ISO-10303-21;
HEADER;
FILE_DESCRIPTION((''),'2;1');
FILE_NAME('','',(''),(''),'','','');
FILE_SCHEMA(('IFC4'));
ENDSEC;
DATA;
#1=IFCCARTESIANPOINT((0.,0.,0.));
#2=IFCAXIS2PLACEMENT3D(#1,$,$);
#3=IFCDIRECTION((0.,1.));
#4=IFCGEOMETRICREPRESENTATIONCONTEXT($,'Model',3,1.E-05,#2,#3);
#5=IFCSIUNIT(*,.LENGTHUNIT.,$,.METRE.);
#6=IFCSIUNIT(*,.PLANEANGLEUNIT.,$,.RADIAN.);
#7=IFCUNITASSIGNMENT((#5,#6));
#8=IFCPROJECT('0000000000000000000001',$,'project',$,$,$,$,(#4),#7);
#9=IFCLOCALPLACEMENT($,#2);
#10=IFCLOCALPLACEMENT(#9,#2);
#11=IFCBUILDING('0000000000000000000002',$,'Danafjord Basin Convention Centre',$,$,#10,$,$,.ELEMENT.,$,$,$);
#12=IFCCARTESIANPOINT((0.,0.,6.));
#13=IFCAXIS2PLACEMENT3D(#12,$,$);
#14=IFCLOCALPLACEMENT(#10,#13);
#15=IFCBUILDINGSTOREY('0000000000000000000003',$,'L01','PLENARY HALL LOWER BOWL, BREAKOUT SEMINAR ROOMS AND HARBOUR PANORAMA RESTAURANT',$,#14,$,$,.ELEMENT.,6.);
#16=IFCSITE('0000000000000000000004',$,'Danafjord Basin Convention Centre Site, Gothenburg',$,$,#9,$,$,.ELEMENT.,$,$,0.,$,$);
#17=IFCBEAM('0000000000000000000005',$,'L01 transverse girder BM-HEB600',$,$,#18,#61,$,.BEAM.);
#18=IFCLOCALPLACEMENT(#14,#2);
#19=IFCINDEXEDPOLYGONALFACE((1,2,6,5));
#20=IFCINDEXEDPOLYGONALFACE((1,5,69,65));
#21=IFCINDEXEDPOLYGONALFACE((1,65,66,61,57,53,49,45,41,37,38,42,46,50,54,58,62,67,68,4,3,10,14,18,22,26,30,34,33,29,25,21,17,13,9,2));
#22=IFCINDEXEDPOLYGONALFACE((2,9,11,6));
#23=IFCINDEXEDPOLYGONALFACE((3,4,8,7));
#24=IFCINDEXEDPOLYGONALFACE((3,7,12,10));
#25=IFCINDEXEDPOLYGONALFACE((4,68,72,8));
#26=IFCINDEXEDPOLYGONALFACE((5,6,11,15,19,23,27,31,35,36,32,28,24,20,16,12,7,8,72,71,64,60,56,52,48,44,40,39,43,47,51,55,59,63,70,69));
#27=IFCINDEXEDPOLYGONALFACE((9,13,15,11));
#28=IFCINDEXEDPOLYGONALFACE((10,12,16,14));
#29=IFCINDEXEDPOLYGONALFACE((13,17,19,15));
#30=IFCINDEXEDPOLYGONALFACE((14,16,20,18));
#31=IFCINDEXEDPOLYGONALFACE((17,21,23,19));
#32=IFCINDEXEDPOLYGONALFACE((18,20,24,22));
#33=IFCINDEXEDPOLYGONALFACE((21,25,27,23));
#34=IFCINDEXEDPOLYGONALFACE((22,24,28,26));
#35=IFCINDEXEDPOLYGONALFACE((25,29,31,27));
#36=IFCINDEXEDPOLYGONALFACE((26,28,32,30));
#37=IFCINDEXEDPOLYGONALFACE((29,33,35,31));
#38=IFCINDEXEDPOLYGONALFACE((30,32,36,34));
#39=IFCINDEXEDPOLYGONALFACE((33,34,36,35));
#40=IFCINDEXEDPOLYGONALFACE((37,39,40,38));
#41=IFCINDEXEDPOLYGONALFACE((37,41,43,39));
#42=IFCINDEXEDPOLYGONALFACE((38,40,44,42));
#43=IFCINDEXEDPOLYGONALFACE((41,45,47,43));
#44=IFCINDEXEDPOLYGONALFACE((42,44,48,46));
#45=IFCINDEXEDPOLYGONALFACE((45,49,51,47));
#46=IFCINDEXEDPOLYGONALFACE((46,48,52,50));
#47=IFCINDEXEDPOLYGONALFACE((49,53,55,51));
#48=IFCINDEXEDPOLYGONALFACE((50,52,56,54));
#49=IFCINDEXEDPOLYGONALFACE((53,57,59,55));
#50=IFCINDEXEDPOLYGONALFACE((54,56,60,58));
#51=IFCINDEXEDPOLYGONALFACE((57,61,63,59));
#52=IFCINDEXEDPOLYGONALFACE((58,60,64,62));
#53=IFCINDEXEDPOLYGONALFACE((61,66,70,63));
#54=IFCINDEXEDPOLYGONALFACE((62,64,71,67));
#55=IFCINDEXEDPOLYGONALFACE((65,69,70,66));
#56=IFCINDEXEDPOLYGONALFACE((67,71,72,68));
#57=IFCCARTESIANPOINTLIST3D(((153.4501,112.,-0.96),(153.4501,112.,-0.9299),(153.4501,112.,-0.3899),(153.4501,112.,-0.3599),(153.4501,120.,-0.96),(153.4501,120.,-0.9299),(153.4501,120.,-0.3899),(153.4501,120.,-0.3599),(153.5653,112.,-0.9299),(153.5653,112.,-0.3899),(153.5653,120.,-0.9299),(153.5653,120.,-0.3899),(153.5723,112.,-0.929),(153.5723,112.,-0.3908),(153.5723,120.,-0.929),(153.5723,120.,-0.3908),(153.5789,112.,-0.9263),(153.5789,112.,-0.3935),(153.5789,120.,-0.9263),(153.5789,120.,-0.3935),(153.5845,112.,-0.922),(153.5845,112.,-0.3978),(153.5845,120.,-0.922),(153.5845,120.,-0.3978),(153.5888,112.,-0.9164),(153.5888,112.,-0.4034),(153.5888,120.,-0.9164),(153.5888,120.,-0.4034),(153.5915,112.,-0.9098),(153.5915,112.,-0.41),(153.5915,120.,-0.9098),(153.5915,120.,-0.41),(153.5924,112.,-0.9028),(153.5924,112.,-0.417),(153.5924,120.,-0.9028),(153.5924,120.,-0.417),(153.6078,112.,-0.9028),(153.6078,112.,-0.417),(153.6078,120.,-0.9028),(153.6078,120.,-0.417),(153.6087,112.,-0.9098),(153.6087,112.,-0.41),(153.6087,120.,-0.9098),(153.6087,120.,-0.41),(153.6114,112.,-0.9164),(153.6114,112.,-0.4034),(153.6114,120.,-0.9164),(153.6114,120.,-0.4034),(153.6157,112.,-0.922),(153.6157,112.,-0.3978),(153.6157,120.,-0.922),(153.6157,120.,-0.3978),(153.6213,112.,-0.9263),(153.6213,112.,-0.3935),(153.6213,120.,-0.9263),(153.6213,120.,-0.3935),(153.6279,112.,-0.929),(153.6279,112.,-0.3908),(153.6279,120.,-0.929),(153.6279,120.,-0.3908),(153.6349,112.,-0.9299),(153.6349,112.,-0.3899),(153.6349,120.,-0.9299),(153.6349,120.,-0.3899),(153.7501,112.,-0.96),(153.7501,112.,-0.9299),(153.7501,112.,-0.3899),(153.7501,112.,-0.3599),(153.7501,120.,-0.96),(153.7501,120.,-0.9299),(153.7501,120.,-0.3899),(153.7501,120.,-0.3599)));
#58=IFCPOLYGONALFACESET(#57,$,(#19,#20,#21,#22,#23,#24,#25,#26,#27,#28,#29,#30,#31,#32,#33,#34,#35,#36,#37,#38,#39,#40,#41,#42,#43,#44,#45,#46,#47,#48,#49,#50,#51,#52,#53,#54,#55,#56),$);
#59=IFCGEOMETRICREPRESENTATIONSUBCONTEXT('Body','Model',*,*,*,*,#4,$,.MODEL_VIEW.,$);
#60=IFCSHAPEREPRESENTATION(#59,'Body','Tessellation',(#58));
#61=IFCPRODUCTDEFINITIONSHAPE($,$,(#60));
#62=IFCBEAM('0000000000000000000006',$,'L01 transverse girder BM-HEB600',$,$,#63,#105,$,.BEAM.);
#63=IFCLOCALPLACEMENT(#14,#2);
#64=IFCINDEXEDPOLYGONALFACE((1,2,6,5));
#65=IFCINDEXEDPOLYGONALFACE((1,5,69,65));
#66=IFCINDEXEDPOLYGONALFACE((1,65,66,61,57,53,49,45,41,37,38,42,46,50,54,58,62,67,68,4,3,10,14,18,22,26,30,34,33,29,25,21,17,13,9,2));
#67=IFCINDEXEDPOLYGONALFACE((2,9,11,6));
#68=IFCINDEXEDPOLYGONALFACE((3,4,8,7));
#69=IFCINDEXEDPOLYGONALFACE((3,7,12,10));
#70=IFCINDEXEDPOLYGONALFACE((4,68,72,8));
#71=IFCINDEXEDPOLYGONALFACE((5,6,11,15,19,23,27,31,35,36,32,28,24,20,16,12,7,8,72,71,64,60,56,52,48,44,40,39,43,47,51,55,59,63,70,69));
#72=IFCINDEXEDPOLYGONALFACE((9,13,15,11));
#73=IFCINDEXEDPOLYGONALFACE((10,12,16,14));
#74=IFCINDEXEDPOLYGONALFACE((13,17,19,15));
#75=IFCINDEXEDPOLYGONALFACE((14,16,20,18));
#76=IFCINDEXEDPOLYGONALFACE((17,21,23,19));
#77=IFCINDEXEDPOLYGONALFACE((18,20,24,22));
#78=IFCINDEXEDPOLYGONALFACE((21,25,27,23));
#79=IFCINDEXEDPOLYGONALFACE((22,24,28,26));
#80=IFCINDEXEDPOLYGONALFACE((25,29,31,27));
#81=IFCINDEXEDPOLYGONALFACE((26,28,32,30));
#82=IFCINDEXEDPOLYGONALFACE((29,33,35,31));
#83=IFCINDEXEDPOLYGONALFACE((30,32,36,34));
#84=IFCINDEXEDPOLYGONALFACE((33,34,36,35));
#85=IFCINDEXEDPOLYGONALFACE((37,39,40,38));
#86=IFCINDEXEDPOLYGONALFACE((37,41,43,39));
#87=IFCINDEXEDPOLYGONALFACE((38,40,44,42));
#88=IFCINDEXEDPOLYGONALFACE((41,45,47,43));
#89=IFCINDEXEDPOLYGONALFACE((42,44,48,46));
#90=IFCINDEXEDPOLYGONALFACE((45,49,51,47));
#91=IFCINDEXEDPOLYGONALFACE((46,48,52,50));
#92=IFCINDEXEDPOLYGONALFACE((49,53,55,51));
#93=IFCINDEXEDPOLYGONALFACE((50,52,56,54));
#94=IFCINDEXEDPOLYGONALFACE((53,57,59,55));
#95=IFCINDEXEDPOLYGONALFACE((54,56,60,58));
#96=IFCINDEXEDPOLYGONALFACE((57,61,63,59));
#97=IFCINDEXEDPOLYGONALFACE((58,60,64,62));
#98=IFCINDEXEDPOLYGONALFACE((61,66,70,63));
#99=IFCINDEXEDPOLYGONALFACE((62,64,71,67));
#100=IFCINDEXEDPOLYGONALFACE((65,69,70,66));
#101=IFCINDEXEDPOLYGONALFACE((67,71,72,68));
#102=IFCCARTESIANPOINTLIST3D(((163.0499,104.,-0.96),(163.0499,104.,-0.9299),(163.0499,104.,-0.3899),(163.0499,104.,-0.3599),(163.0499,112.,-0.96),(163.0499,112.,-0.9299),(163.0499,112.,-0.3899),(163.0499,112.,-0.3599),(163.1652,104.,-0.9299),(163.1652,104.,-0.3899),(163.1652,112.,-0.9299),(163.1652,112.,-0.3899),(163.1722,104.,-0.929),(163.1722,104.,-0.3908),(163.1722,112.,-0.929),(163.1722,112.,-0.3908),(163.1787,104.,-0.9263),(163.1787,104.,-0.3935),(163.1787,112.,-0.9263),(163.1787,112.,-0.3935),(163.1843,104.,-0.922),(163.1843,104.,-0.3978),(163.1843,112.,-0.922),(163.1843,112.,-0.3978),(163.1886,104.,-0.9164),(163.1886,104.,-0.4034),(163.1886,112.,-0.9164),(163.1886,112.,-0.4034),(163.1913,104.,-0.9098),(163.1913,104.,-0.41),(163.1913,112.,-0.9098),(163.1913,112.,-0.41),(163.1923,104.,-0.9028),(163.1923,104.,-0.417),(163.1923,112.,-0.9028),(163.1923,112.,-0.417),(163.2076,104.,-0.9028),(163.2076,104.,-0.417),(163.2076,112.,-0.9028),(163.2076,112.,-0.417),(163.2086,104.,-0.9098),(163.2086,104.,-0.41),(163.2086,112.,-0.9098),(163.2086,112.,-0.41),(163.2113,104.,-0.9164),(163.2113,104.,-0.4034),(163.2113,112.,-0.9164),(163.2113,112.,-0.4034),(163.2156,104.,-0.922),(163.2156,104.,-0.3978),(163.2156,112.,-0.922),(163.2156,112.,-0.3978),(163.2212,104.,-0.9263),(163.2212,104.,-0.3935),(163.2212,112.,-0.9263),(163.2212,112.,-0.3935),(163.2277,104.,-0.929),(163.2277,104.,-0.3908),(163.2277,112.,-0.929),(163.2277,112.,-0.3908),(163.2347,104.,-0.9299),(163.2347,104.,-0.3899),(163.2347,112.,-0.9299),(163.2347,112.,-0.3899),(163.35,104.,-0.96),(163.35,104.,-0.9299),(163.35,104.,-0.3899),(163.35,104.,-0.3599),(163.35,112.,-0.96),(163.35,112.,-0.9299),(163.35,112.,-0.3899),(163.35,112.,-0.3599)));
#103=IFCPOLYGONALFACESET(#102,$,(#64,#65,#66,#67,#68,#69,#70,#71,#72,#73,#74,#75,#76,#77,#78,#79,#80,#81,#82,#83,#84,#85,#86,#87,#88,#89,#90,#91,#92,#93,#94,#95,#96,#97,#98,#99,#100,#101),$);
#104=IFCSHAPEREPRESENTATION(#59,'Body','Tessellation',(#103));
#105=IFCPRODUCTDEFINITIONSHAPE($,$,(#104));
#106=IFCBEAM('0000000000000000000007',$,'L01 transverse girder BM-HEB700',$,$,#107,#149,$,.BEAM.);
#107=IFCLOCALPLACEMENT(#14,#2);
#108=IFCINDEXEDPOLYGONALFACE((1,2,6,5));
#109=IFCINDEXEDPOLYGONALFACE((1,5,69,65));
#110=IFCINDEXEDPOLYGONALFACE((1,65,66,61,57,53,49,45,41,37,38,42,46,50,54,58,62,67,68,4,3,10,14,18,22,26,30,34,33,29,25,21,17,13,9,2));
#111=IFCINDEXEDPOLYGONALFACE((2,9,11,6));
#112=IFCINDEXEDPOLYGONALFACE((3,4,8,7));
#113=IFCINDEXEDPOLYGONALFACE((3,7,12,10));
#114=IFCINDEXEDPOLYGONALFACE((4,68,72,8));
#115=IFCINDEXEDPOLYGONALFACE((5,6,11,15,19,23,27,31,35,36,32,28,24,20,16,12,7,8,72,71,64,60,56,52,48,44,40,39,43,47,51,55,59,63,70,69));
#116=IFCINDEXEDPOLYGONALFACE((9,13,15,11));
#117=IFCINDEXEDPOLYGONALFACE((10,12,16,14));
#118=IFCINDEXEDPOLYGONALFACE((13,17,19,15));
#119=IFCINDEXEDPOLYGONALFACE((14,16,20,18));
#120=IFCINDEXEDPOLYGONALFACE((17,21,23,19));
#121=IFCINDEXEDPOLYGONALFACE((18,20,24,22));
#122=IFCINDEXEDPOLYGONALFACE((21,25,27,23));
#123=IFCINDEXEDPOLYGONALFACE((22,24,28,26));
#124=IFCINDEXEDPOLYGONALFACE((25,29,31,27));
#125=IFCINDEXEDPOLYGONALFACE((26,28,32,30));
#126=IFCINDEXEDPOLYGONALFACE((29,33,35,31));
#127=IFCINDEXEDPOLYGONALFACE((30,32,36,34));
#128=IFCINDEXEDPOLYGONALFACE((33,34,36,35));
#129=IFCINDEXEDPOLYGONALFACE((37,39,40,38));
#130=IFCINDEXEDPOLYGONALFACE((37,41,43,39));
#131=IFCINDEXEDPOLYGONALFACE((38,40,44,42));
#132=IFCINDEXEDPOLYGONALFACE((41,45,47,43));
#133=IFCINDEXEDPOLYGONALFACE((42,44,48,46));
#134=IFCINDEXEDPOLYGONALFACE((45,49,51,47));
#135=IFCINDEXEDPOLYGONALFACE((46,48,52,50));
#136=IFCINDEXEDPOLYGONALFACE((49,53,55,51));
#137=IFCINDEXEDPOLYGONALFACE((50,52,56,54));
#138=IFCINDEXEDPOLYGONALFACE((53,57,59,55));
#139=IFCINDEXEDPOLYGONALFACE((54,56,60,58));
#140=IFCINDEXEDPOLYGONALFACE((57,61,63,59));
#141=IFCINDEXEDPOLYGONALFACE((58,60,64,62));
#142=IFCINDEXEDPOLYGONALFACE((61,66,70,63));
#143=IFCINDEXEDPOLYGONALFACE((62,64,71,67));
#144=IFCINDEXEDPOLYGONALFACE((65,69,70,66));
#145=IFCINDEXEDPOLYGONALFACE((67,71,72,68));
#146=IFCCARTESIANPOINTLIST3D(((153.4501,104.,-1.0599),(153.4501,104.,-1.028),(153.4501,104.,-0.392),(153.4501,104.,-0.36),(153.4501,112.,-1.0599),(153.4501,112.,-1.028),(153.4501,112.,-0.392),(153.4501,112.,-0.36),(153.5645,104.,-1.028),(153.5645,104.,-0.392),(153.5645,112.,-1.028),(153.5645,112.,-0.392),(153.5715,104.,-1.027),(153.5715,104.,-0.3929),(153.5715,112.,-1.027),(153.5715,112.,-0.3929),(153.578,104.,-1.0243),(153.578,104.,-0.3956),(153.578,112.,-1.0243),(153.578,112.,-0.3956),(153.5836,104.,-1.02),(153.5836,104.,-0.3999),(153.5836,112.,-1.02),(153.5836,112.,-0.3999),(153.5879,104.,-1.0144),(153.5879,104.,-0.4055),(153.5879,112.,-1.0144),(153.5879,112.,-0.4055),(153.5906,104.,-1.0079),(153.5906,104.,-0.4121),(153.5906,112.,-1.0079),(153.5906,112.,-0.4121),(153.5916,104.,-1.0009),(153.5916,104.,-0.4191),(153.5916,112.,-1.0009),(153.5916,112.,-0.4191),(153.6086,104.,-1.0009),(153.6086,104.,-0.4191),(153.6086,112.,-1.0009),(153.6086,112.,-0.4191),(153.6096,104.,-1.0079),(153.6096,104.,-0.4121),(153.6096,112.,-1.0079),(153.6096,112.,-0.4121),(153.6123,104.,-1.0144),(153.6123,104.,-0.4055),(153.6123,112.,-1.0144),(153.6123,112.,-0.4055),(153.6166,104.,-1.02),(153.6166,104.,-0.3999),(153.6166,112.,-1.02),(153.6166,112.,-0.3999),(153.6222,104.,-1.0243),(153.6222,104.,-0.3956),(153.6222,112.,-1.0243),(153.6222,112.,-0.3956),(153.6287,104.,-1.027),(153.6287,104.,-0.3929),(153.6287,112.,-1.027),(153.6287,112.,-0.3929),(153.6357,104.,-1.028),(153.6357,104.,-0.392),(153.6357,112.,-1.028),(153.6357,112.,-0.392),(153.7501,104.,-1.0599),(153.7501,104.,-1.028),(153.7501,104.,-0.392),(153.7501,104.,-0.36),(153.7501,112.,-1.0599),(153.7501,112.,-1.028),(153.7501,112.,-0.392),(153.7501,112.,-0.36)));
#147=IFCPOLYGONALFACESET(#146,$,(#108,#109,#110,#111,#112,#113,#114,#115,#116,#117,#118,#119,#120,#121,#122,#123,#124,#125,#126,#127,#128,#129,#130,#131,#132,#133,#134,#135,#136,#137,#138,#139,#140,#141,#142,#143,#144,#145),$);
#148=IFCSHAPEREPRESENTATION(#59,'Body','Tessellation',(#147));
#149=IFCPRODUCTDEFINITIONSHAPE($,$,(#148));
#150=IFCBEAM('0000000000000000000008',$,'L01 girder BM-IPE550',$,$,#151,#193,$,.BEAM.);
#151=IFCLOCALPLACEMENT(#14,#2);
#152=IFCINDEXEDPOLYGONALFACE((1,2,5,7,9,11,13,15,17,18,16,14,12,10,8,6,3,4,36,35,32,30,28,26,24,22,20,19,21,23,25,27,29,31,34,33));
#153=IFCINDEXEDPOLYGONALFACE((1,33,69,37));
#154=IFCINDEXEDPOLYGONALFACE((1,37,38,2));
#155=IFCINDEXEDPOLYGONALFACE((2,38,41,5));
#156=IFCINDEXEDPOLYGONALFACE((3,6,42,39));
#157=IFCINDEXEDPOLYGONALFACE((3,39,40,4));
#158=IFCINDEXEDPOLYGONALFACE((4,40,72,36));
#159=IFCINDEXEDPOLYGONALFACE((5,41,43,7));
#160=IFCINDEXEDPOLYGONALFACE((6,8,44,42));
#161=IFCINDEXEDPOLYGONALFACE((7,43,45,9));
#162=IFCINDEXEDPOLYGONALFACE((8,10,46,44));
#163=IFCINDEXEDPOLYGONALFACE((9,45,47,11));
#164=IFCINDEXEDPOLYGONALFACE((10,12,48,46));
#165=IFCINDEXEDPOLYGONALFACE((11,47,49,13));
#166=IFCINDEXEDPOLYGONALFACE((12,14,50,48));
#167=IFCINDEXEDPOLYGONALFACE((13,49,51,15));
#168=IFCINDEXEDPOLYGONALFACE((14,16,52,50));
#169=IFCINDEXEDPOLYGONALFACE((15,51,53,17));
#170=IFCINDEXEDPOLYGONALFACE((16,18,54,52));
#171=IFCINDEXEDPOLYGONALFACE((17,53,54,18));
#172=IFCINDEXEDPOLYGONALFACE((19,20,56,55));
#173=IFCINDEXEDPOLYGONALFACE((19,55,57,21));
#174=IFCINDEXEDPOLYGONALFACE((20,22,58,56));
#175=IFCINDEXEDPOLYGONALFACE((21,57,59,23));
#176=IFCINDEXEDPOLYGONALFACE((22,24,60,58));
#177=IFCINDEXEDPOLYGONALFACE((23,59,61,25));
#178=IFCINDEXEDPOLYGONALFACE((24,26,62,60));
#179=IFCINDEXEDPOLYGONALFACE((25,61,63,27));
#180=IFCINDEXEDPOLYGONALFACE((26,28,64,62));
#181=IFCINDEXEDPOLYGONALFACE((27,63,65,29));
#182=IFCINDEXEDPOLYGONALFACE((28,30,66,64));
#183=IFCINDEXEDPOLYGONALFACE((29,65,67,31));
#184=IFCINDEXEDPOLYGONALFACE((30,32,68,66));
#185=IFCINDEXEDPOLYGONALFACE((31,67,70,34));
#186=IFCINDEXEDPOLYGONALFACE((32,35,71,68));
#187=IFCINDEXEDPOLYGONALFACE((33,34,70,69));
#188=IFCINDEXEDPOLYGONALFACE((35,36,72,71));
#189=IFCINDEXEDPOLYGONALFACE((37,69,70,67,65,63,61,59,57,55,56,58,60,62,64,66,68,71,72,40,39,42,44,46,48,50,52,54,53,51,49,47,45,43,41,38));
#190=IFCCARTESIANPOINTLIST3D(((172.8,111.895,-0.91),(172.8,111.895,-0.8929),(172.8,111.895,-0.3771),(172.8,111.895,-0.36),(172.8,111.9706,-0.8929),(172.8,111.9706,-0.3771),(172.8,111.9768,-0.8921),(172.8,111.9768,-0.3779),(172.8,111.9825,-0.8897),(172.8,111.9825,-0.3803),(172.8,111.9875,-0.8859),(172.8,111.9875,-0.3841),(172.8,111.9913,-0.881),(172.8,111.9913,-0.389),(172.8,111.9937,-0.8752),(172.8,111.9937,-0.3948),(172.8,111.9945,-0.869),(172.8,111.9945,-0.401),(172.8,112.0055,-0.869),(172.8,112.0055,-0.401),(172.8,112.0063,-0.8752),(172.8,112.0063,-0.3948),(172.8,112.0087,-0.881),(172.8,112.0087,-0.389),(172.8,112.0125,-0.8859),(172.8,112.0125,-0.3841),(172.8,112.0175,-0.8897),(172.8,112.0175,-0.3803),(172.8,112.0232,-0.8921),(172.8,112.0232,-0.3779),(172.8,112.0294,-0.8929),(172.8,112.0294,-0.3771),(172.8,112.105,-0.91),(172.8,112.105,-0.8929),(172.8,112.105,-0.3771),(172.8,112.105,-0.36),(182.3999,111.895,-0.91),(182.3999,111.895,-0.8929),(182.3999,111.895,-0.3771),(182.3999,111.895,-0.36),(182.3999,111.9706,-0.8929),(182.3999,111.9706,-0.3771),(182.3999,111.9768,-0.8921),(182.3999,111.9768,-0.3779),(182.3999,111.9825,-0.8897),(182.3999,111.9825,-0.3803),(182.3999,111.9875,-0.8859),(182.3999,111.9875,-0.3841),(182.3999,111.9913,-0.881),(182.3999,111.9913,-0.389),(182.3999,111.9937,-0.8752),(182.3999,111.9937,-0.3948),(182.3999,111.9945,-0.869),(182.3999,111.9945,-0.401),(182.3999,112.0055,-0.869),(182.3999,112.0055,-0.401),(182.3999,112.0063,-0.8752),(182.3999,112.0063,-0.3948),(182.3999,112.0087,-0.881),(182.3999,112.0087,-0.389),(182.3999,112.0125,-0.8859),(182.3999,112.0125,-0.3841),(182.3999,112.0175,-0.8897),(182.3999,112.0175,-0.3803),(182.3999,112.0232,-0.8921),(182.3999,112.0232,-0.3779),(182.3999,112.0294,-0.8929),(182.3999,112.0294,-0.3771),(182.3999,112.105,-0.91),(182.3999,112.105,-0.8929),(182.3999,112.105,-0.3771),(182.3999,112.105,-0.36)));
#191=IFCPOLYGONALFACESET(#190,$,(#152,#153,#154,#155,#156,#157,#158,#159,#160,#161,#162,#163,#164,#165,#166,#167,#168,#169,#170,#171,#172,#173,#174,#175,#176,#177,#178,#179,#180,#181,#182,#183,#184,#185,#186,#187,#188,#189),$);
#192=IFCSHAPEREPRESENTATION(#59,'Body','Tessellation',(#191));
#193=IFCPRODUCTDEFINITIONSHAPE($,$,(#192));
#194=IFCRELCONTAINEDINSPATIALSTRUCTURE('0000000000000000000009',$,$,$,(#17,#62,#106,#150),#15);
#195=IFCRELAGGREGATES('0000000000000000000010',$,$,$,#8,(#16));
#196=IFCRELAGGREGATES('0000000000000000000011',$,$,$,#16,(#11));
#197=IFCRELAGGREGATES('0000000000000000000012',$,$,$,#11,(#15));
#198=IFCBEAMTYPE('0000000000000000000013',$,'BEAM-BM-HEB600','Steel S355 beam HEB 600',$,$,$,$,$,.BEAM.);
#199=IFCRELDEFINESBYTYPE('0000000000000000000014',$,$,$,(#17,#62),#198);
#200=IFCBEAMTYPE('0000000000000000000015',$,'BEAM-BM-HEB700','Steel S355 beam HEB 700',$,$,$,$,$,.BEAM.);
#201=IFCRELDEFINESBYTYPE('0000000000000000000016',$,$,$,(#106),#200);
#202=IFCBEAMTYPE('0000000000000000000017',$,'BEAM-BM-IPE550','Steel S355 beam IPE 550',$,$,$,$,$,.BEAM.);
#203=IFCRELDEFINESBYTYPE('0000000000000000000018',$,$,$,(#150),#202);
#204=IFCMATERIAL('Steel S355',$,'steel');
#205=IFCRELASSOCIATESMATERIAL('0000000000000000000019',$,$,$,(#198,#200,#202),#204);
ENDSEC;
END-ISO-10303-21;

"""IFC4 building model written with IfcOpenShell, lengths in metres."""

from ifc_helpers import new_model, si_unit, direction, frame, origin, origin_2d, place, context, subcontext, project, spatial, i_section, extrude, material, material_profile, profile_set, type_object, element, save


model = new_model("IFC4")

# Units and contexts
model_context = context("Model", 3, precision=1e-05, world=origin(), true_north=direction((0.0, 1.0)))
body_context = subcontext(model_context, "Body", "Model", "MODEL_VIEW")
ifc_project = project(units=[si_unit("LENGTHUNIT", "METRE"), si_unit("PLANEANGLEUNIT", "RADIAN")], contexts=[model_context])

# Site, building, storey
site_placement = place(None, origin())
site = spatial("IfcSite", under=ifc_project, at=site_placement, Name="Danafjord Basin Convention Centre Site, Gothenburg", CompositionType="ELEMENT", RefElevation=0.0)
building_placement = place(site_placement, origin())
building = spatial("IfcBuilding", under=site, at=building_placement, Name="Danafjord Basin Convention Centre", CompositionType="ELEMENT")
storey_placement = place(building_placement, frame((0.0, 0.0, 6.0)))
storey = spatial("IfcBuildingStorey", under=building, at=storey_placement, Name="L01", Description="PLENARY HALL LOWER BOWL, BREAKOUT SEMINAR ROOMS AND HARBOUR PANORAMA RESTAURANT", CompositionType="ELEMENT", Elevation=6.0)

# Shared definitions
ifc_material = material(Name="Steel S355", Category="steel")

# Beams
ifc_material_profile_1 = material_profile(ifc_material, i_section(OverallWidth=0.3, OverallDepth=0.6001, WebThickness=0.0154, FlangeThickness=0.03, FilletRadius=0.0271, at=origin_2d()), Name="HEB 600")
ifc_profile_set_1 = profile_set([ifc_material_profile_1], Name="Steel S355")
beam_type_1 = type_object("IfcBeamType", Name="BEAM-BM-HEB600", Description="Steel S355 beam HEB 600", PredefinedType="BEAM", material=ifc_profile_set_1)
for number, where, z_axis, x_axis, name in (
    (1, (153.6001, 112.0, -0.6599), (0.0, 1.0, 0.0), (-1.0, 0.0, 0.0), "L01 transverse girder BM-HEB600"),
    (2, (163.2, 104.0, -0.6599), (0.0, 1.0, 0.0), (-1.0, 0.0, 0.0), "L01 transverse girder BM-HEB600"),
):
    element("IfcBeam", number, at=place(storey_placement, frame(where, z_axis=z_axis, x_axis=x_axis)), inside=storey, type_object=beam_type_1, Name=name, PredefinedType="BEAM", context=body_context, shape_type="SweptSolid", body=[
        extrude(i_section(OverallWidth=0.3, OverallDepth=0.6001, WebThickness=0.0154, FlangeThickness=0.03, FilletRadius=0.0271, at=origin_2d()), origin(), (0.0, 0.0, 1.0), 8.0),
    ])
ifc_material_profile_2 = material_profile(ifc_material, i_section(OverallWidth=0.3, OverallDepth=0.7, WebThickness=0.0171, FlangeThickness=0.032, FilletRadius=0.0271, at=origin_2d()), Name="HEB 700")
ifc_profile_set_2 = profile_set([ifc_material_profile_2], Name="Steel S355")
beam_type_2 = type_object("IfcBeamType", Name="BEAM-BM-HEB700", Description="Steel S355 beam HEB 700", PredefinedType="BEAM", material=ifc_profile_set_2)
beam_1_placement = place(storey_placement, frame((153.6001, 104.0, -0.71), z_axis=(0.0, 1.0, 0.0), x_axis=(-1.0, 0.0, 0.0)))
element("IfcBeam", 3, at=beam_1_placement, inside=storey, type_object=beam_type_2, Name="L01 transverse girder BM-HEB700", PredefinedType="BEAM", context=body_context, shape_type="SweptSolid", body=[
    extrude(i_section(OverallWidth=0.3, OverallDepth=0.7, WebThickness=0.0171, FlangeThickness=0.032, FilletRadius=0.0271, at=origin_2d()), origin(), (0.0, 0.0, 1.0), 8.0),
])
ifc_material_profile_3 = material_profile(ifc_material, i_section(OverallWidth=0.21, OverallDepth=0.55, WebThickness=0.011, FlangeThickness=0.0171, FilletRadius=0.0239, at=origin_2d()), Name="IPE 550")
ifc_profile_set_3 = profile_set([ifc_material_profile_3], Name="Steel S355")
beam_type_3 = type_object("IfcBeamType", Name="BEAM-BM-IPE550", Description="Steel S355 beam IPE 550", PredefinedType="BEAM", material=ifc_profile_set_3)
beam_2_placement = place(storey_placement, frame((172.8, 112.0, -0.635), z_axis=(1.0, 0.0, 0.0), x_axis=(0.0, 1.0, 0.0)))
element("IfcBeam", 4, at=beam_2_placement, inside=storey, type_object=beam_type_3, Name="L01 girder BM-IPE550", PredefinedType="BEAM", context=body_context, shape_type="SweptSolid", body=[
    extrude(i_section(OverallWidth=0.21, OverallDepth=0.55, WebThickness=0.011, FlangeThickness=0.0171, FilletRadius=0.0239, at=origin_2d()), origin(), (0.0, 0.0, 1.0), 9.5999),
])

save(model, "model.ifc")
